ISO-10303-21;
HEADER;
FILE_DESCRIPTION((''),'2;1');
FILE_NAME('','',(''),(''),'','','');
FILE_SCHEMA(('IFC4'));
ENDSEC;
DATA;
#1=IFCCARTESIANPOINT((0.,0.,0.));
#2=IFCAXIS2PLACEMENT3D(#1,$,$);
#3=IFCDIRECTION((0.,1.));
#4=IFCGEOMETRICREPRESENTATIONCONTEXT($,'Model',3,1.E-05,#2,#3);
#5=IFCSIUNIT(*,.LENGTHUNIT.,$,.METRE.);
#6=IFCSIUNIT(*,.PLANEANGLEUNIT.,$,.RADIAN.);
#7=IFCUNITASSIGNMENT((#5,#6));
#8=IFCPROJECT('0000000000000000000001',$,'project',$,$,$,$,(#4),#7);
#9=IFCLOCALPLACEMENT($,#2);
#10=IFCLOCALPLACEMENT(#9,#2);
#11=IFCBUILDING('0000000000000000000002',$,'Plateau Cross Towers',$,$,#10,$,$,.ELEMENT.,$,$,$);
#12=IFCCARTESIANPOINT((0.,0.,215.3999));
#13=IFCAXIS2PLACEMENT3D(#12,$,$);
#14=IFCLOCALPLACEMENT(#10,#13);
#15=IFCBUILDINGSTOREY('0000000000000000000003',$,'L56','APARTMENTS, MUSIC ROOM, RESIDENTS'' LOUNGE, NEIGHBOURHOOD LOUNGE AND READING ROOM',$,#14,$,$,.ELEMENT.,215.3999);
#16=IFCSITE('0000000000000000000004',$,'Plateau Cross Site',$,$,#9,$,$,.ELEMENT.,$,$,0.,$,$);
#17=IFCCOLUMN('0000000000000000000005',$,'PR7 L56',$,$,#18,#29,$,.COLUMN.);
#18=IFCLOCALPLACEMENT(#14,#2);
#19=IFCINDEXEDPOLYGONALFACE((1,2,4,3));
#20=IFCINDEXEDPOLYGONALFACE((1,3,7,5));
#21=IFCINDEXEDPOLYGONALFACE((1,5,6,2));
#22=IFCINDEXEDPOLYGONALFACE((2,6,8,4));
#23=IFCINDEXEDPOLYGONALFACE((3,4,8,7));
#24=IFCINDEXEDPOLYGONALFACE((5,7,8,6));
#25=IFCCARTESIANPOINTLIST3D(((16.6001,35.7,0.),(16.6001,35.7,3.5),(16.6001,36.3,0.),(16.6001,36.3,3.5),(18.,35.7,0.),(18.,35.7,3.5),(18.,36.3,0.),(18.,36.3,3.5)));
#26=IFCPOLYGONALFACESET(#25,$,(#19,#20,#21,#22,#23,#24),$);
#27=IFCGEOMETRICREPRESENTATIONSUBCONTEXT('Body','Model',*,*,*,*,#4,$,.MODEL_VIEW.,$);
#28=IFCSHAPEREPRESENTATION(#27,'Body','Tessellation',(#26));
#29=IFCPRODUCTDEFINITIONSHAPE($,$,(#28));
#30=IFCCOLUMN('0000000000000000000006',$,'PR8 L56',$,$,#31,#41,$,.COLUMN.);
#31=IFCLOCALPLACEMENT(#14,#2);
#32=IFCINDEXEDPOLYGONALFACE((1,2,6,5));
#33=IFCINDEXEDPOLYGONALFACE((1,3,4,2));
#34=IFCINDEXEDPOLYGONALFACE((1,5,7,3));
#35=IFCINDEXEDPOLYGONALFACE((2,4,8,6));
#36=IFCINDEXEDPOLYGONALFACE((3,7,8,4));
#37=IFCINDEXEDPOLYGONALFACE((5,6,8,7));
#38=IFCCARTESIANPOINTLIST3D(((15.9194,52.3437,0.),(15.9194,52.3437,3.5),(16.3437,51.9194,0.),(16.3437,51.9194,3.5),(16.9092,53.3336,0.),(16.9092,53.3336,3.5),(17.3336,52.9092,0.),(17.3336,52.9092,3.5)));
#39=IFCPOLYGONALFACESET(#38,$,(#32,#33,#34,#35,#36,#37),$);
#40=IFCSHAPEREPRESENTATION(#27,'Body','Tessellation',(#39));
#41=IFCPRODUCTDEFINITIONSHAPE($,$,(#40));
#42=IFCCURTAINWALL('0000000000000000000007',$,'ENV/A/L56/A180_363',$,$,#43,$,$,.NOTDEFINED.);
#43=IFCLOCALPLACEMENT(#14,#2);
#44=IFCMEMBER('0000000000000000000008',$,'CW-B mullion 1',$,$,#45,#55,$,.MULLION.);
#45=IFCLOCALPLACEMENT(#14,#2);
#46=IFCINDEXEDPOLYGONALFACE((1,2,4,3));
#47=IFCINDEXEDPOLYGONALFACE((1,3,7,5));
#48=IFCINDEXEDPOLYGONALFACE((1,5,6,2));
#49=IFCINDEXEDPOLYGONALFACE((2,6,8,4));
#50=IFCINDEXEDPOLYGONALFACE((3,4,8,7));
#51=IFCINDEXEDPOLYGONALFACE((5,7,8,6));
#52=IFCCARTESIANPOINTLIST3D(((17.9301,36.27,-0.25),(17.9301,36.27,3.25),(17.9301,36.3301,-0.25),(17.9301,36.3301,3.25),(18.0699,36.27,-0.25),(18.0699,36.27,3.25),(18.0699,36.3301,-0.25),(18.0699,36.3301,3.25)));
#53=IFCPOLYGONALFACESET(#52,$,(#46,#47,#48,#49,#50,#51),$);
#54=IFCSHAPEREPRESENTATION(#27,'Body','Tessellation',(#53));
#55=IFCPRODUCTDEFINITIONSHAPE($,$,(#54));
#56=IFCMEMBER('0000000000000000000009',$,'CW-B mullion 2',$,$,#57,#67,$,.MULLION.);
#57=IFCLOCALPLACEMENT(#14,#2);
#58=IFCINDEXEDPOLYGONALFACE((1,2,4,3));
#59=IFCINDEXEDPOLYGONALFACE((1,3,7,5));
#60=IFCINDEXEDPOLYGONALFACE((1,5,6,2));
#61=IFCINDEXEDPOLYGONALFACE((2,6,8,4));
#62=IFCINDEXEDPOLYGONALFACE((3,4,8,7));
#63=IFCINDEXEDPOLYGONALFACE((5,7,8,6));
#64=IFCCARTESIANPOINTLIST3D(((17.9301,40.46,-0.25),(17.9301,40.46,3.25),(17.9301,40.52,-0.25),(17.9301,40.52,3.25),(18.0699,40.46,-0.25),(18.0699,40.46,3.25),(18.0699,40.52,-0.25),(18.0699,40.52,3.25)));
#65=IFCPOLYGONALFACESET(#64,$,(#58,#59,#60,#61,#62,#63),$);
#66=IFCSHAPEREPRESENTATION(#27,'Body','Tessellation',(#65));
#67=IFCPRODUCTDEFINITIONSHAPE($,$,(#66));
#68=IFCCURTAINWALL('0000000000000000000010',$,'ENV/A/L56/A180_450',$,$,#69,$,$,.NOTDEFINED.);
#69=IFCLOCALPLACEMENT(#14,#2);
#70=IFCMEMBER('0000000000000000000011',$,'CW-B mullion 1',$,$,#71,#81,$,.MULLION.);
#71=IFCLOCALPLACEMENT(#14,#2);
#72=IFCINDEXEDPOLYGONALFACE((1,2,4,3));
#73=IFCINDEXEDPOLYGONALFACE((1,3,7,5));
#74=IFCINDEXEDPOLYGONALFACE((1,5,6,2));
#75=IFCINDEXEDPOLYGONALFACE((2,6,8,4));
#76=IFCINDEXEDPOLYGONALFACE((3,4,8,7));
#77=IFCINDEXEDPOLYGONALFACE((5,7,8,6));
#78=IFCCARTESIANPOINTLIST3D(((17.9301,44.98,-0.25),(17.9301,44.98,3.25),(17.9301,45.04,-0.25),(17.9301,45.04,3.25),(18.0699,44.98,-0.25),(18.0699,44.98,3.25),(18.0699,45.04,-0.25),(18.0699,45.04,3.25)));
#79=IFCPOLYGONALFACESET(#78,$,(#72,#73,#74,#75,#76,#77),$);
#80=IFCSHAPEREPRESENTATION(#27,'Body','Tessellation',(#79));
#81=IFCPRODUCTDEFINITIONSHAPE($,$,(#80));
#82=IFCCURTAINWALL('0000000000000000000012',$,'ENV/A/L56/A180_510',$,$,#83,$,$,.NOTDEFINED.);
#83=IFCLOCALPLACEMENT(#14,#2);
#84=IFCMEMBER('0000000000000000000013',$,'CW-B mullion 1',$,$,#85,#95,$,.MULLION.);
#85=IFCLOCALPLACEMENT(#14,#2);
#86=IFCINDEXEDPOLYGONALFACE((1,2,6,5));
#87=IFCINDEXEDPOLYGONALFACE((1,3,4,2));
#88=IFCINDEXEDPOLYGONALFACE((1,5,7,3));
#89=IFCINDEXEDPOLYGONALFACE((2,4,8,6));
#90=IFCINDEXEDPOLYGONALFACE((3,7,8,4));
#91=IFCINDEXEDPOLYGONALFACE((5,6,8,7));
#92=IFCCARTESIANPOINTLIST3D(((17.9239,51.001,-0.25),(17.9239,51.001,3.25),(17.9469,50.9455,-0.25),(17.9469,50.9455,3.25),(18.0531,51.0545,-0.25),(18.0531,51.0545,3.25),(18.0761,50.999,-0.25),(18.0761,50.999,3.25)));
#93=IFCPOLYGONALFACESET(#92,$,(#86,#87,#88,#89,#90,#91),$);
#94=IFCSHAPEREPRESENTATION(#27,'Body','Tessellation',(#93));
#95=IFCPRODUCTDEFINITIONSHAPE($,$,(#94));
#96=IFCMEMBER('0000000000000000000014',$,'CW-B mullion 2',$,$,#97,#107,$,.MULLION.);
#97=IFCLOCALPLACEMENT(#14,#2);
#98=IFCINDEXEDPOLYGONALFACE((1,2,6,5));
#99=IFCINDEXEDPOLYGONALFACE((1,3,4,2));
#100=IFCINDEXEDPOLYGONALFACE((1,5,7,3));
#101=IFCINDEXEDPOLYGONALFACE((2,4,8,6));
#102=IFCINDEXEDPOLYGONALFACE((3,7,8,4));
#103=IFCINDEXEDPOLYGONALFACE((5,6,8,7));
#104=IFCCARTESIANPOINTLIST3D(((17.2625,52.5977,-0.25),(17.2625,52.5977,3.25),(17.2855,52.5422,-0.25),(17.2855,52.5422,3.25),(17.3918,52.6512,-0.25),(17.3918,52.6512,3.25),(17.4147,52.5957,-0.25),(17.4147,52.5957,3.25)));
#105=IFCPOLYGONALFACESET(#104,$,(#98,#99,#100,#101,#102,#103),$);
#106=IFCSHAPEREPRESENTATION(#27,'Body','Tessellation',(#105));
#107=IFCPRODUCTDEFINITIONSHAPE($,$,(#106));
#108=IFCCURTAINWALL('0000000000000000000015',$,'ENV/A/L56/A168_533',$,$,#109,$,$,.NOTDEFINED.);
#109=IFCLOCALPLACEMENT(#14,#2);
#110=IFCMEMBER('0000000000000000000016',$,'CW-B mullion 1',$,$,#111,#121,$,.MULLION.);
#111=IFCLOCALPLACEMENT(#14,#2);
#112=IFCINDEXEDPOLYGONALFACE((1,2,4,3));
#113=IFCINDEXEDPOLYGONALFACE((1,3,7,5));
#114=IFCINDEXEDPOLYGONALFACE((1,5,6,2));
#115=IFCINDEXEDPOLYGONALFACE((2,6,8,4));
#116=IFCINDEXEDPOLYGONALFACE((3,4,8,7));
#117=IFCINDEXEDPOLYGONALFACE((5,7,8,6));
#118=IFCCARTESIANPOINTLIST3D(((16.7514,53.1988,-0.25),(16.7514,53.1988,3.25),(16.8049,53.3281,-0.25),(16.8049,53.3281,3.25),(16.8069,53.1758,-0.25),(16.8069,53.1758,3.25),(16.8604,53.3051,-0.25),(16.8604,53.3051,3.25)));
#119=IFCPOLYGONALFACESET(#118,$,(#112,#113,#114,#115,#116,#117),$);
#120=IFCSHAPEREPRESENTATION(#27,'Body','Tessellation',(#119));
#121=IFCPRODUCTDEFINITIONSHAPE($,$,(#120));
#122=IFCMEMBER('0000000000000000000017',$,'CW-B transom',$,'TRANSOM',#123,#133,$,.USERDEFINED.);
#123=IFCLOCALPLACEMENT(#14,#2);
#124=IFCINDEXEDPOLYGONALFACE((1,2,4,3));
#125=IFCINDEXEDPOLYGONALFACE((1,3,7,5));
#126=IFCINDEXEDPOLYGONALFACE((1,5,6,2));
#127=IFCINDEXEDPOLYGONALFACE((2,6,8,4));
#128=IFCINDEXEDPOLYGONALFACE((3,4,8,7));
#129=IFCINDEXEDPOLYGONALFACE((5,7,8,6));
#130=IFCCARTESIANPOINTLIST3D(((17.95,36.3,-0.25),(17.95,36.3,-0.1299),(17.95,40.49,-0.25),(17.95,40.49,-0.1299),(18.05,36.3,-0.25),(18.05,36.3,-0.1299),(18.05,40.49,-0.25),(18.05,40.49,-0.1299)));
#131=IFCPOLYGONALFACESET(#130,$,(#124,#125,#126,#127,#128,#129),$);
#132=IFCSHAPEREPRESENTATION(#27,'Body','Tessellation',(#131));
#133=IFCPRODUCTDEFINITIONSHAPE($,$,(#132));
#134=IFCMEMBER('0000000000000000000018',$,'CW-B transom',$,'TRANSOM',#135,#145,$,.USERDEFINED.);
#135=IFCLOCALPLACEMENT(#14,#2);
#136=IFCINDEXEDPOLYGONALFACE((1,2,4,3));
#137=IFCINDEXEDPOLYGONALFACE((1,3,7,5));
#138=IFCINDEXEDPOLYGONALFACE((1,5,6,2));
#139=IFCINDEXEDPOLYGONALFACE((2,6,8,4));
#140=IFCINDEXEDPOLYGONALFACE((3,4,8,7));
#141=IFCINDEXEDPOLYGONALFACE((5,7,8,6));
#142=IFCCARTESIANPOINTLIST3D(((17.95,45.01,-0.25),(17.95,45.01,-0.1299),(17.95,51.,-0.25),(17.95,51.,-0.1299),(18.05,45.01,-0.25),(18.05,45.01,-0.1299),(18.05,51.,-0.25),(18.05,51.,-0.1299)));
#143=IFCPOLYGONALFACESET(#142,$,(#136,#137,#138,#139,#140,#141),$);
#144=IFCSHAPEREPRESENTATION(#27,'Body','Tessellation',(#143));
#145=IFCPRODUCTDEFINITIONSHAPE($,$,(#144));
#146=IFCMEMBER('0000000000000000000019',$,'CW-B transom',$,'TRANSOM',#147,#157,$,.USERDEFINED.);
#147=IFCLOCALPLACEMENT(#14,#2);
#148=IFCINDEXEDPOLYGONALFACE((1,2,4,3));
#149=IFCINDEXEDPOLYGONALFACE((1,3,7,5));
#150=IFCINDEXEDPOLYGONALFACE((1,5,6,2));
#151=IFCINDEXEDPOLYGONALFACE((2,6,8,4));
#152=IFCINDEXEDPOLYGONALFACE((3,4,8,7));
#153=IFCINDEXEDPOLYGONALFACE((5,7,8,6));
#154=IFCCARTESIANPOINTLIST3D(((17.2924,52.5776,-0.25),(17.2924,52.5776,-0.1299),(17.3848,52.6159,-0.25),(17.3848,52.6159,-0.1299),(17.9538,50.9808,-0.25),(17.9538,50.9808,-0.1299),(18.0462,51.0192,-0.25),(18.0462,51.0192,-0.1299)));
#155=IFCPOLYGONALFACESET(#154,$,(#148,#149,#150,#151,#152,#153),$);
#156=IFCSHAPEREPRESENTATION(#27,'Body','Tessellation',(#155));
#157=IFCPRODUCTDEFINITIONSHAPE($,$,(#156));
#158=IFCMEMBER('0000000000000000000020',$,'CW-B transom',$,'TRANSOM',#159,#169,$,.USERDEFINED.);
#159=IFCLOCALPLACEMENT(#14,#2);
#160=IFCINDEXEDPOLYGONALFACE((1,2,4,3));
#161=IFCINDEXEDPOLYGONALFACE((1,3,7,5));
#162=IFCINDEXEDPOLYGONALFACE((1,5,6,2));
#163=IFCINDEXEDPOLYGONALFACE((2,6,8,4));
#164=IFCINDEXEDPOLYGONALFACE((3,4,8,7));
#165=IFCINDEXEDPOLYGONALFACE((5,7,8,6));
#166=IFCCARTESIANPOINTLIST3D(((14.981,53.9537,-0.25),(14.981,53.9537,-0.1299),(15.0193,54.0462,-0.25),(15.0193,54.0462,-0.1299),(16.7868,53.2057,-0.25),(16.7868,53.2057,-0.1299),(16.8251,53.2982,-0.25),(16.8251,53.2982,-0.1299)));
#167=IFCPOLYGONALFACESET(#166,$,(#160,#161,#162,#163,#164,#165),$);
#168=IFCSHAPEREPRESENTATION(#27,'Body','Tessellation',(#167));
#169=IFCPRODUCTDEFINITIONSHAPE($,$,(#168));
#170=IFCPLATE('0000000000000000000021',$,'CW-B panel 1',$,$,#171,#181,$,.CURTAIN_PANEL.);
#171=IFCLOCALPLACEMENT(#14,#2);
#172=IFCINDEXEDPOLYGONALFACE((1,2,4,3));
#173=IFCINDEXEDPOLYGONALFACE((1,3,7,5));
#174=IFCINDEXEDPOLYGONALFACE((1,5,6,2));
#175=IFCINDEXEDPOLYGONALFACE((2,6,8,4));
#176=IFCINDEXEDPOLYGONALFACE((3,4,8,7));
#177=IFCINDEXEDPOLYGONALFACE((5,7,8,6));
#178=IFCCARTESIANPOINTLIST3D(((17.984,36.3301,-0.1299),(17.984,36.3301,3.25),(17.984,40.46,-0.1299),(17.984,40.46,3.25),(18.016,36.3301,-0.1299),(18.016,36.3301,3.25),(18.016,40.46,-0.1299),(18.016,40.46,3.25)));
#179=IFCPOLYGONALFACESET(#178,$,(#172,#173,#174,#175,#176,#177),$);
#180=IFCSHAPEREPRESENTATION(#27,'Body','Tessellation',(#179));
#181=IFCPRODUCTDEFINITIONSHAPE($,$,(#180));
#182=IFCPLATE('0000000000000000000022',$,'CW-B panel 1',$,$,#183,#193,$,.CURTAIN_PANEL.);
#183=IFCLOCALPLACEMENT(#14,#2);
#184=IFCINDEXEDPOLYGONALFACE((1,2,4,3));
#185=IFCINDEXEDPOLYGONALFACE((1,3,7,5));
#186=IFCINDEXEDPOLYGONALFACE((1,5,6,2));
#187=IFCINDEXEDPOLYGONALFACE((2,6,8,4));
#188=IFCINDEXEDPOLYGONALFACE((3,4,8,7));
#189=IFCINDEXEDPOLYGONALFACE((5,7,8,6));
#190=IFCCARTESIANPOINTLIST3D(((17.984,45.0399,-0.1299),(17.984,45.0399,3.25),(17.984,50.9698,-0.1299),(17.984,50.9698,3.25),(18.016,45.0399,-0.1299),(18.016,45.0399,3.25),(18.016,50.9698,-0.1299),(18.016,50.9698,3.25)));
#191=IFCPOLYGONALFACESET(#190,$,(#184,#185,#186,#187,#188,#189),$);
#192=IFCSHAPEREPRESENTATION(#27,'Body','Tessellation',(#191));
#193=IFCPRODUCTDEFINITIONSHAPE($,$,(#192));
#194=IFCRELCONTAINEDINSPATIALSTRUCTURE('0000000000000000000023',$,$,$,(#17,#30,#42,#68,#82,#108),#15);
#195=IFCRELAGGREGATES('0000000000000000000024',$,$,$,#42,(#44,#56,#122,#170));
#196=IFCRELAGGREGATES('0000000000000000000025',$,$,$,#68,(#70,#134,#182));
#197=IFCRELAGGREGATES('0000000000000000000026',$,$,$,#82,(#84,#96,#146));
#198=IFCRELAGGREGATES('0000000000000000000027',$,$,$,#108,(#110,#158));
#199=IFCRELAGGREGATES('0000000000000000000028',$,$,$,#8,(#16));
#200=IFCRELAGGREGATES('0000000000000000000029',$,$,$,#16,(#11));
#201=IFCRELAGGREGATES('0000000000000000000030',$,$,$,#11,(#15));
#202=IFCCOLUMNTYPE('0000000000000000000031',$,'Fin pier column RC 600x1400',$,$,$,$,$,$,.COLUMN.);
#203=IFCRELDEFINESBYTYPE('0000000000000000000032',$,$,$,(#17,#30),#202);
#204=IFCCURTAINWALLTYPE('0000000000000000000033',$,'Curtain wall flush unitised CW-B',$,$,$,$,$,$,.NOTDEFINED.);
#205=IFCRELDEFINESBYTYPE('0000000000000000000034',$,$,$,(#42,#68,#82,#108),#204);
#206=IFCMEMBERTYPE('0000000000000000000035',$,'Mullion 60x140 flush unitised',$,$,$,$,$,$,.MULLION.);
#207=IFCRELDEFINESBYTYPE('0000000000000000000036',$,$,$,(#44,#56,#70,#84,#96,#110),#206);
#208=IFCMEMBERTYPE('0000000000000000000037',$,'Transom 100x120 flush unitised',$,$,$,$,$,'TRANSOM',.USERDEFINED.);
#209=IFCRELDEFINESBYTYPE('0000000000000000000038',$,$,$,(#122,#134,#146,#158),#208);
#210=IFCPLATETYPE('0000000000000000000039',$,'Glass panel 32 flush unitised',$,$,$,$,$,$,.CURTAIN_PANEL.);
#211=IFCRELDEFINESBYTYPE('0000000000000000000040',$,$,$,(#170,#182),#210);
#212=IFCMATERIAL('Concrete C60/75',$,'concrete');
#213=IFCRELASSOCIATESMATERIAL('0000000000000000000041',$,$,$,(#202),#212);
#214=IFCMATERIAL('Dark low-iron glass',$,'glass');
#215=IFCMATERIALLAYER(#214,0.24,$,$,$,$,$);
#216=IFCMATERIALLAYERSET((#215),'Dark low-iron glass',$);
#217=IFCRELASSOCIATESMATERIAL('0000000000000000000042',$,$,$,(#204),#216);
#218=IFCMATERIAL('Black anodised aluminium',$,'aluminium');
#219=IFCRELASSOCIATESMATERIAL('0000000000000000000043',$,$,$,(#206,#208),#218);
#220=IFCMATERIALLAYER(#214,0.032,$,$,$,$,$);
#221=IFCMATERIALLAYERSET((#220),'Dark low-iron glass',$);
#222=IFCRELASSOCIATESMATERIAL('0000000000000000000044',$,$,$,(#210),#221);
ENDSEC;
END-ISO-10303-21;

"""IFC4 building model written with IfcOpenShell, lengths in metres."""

from ifc_helpers import new_model, si_unit, direction, frame, origin, origin_2d, place, context, subcontext, project, spatial, rectangle, extrude, material, layer, layer_set, material_profile, profile_set, type_object, element, aggregate, save


model = new_model("IFC4")

# Units and contexts
model_context = context("Model", 3, precision=1e-05, world=origin(), true_north=direction((0.0, 1.0)))
body_context = subcontext(model_context, "Body", "Model", "MODEL_VIEW")
ifc_project = project(units=[si_unit("LENGTHUNIT", "METRE"), si_unit("PLANEANGLEUNIT", "RADIAN")], contexts=[model_context])

# Site, building, storey
site_placement = place(None, origin())
site = spatial("IfcSite", under=ifc_project, at=site_placement, Name="Plateau Cross Site", CompositionType="ELEMENT", RefElevation=0.0)
building_placement = place(site_placement, origin())
building = spatial("IfcBuilding", under=site, at=building_placement, Name="Plateau Cross Towers", CompositionType="ELEMENT")
storey_placement = place(building_placement, frame((0.0, 0.0, 215.3999)))
storey = spatial("IfcBuildingStorey", under=building, at=storey_placement, Name="L56", Description="APARTMENTS, MUSIC ROOM, RESIDENTS' LOUNGE, NEIGHBOURHOOD LOUNGE AND READING ROOM", CompositionType="ELEMENT", Elevation=215.3999)

# Columns
ifc_material_1 = material(Name="Concrete C60/75", Category="concrete")
ifc_material_profile_1 = material_profile(ifc_material_1, rectangle(XDim=0.6001, YDim=1.3999, at=origin_2d()), Name="RC 600x1400")
ifc_profile_set_1 = profile_set([ifc_material_profile_1], Name="Concrete C60/75")
column_type = type_object("IfcColumnType", Name="Fin pier column RC 600x1400", PredefinedType="COLUMN", material=ifc_profile_set_1)
for number, where, z_axis, x_axis, name in (
    (1, (17.3, 36.0, 0.0), (0.0, 0.0, 1.0), (0.0, 1.0, 0.0), "PR7 L56"),
    (2, (16.6265, 52.6265, 0.0), (0.0, 0.0, 1.0), (-0.707107, 0.707107, 0.0), "PR8 L56"),
):
    element("IfcColumn", number, at=place(storey_placement, frame(where, z_axis=z_axis, x_axis=x_axis)), inside=storey, type_object=column_type, Name=name, PredefinedType="COLUMN", context=body_context, shape_type="SweptSolid", body=[
        extrude(rectangle(XDim=0.6001, YDim=1.3999, at=origin_2d()), origin(), (0.0, 0.0, 1.0), 3.5),
    ])

# Curtain wall, members
ifc_material_2 = material(Name="Dark low-iron glass", Category="glass")
ifc_layer_1 = layer(ifc_material_2, 0.24)
ifc_layer_set_1 = layer_set([ifc_layer_1], Name="Dark low-iron glass")
curtain_wall_type = type_object("IfcCurtainWallType", Name="Curtain wall flush unitised CW-B", PredefinedType="NOTDEFINED", material=ifc_layer_set_1)
curtain_wall_1_placement = place(storey_placement, origin())
curtain_wall_1 = element("IfcCurtainWall", 3, at=curtain_wall_1_placement, inside=storey, type_object=curtain_wall_type, Name="ENV/A/L56/A180_363", PredefinedType="NOTDEFINED")
ifc_material_3 = material(Name="Black anodised aluminium", Category="aluminium")
ifc_material_profile_2 = material_profile(ifc_material_3, rectangle(XDim=0.0601, YDim=0.1399, at=origin_2d()), Name="MULLION 60x140")
ifc_profile_set_2 = profile_set([ifc_material_profile_2], Name="Black anodised aluminium")
member_type_1 = type_object("IfcMemberType", Name="Mullion 60x140 flush unitised", PredefinedType="MULLION", material=ifc_profile_set_2)
member_1_placement = place(storey_placement, frame((18.0, 36.3, -0.25), z_axis=(0.0, 0.0, 1.0), x_axis=(0.0, 1.0, 0.0)))
member_1 = element("IfcMember", 4, at=member_1_placement, type_object=member_type_1, Name="CW-B mullion 1", PredefinedType="MULLION", context=body_context, shape_type="SweptSolid", body=[
    extrude(rectangle(XDim=0.0601, YDim=0.1399, at=origin_2d()), origin(), (0.0, 0.0, 1.0), 3.5),
])
member_2_placement = place(storey_placement, frame((18.0, 40.49, -0.25), z_axis=(0.0, 0.0, 1.0), x_axis=(0.0, 1.0, 0.0)))
member_2 = element("IfcMember", 5, at=member_2_placement, type_object=member_type_1, Name="CW-B mullion 2", PredefinedType="MULLION", context=body_context, shape_type="SweptSolid", body=[
    extrude(rectangle(XDim=0.0601, YDim=0.1399, at=origin_2d()), origin(), (0.0, 0.0, 1.0), 3.5),
])

# Curtain wall, member
curtain_wall_2_placement = place(storey_placement, origin())
curtain_wall_2 = element("IfcCurtainWall", 6, at=curtain_wall_2_placement, inside=storey, type_object=curtain_wall_type, Name="ENV/A/L56/A180_450", PredefinedType="NOTDEFINED")
member_3_placement = place(storey_placement, frame((18.0, 45.01, -0.25), z_axis=(0.0, 0.0, 1.0), x_axis=(0.0, 1.0, 0.0)))
member_3 = element("IfcMember", 7, at=member_3_placement, type_object=member_type_1, Name="CW-B mullion 1", PredefinedType="MULLION", context=body_context, shape_type="SweptSolid", body=[
    extrude(rectangle(XDim=0.0601, YDim=0.1399, at=origin_2d()), origin(), (0.0, 0.0, 1.0), 3.5),
])

# Curtain wall, members
curtain_wall_3_placement = place(storey_placement, origin())
curtain_wall_3 = element("IfcCurtainWall", 8, at=curtain_wall_3_placement, inside=storey, type_object=curtain_wall_type, Name="ENV/A/L56/A180_510", PredefinedType="NOTDEFINED")
member_4_placement = place(storey_placement, frame((18.0, 51.0, -0.25), z_axis=(0.0, 0.0, 1.0), x_axis=(-0.382684, 0.923879, 0.0)))
member_4 = element("IfcMember", 9, at=member_4_placement, type_object=member_type_1, Name="CW-B mullion 1", PredefinedType="MULLION", context=body_context, shape_type="SweptSolid", body=[
    extrude(rectangle(XDim=0.0601, YDim=0.1399, at=origin_2d()), origin(), (0.0, 0.0, 1.0), 3.5),
])
member_5_placement = place(storey_placement, frame((17.3386, 52.5967, -0.25), z_axis=(0.0, 0.0, 1.0), x_axis=(-0.382684, 0.923879, 0.0)))
member_5 = element("IfcMember", 10, at=member_5_placement, type_object=member_type_1, Name="CW-B mullion 2", PredefinedType="MULLION", context=body_context, shape_type="SweptSolid", body=[
    extrude(rectangle(XDim=0.0601, YDim=0.1399, at=origin_2d()), origin(), (0.0, 0.0, 1.0), 3.5),
])

# Curtain wall, member
curtain_wall_4_placement = place(storey_placement, origin())
curtain_wall_4 = element("IfcCurtainWall", 11, at=curtain_wall_4_placement, inside=storey, type_object=curtain_wall_type, Name="ENV/A/L56/A168_533", PredefinedType="NOTDEFINED")
member_6_placement = place(storey_placement, frame((16.8059, 53.252, -0.25), z_axis=(0.0, 0.0, 1.0), x_axis=(-0.923879, 0.382684, 0.0)))
member_6 = element("IfcMember", 12, at=member_6_placement, type_object=member_type_1, Name="CW-B mullion 1", PredefinedType="MULLION", context=body_context, shape_type="SweptSolid", body=[
    extrude(rectangle(XDim=0.0601, YDim=0.1399, at=origin_2d()), origin(), (0.0, 0.0, 1.0), 3.5),
])

# Members
ifc_material_profile_3 = material_profile(ifc_material_3, rectangle(XDim=0.1001, YDim=0.1201, at=origin_2d()), Name="TRANSOM 100x120")
ifc_profile_set_3 = profile_set([ifc_material_profile_3], Name="Black anodised aluminium")
member_type_2 = type_object("IfcMemberType", Name="Transom 100x120 flush unitised", ElementType="TRANSOM", PredefinedType="USERDEFINED", material=ifc_profile_set_3)
member_7_placement = place(storey_placement, frame((18.0, 36.3, -0.1899), z_axis=(0.0, 1.0, 0.0), x_axis=(-1.0, 0.0, 0.0)))
member_7 = element("IfcMember", 13, at=member_7_placement, type_object=member_type_2, Name="CW-B transom", ObjectType="TRANSOM", PredefinedType="USERDEFINED", context=body_context, shape_type="SweptSolid", body=[
    extrude(rectangle(XDim=0.1001, YDim=0.1201, at=origin_2d()), origin(), (0.0, 0.0, 1.0), 4.1899),
])
member_8_placement = place(storey_placement, frame((18.0, 45.01, -0.1899), z_axis=(0.0, 1.0, 0.0), x_axis=(-1.0, 0.0, 0.0)))
member_8 = element("IfcMember", 14, at=member_8_placement, type_object=member_type_2, Name="CW-B transom", ObjectType="TRANSOM", PredefinedType="USERDEFINED", context=body_context, shape_type="SweptSolid", body=[
    extrude(rectangle(XDim=0.1001, YDim=0.1201, at=origin_2d()), origin(), (0.0, 0.0, 1.0), 5.99),
])
member_9_placement = place(storey_placement, frame((18.0, 51.0, -0.1899), z_axis=(-0.382689, 0.923877, 0.0), x_axis=(-0.923877, -0.382689, 0.0)))
member_9 = element("IfcMember", 15, at=member_9_placement, type_object=member_type_2, Name="CW-B transom", ObjectType="TRANSOM", PredefinedType="USERDEFINED", context=body_context, shape_type="SweptSolid", body=[
    extrude(rectangle(XDim=0.1001, YDim=0.1201, at=origin_2d()), origin(), (0.0, 0.0, 1.0), 1.7283),
])
member_10_placement = place(storey_placement, frame((16.8059, 53.252, -0.1899), z_axis=(-0.923877, 0.38269, 0.0), x_axis=(-0.38269, -0.923877, 0.0)))
member_10 = element("IfcMember", 16, at=member_10_placement, type_object=member_type_2, Name="CW-B transom", ObjectType="TRANSOM", PredefinedType="USERDEFINED", context=body_context, shape_type="SweptSolid", body=[
    extrude(rectangle(XDim=0.1001, YDim=0.1201, at=origin_2d()), origin(), (0.0, 0.0, 1.0), 1.9546),
])

# Plates
ifc_layer_2 = layer(ifc_material_2, 0.032)
ifc_layer_set_2 = layer_set([ifc_layer_2], Name="Dark low-iron glass")
plate_type = type_object("IfcPlateType", Name="Glass panel 32 flush unitised", PredefinedType="CURTAIN_PANEL", material=ifc_layer_set_2)
plate_1_placement = place(storey_placement, frame((18.0, 38.395, -0.1299), z_axis=(0.0, 0.0, 1.0), x_axis=(0.0, 1.0, 0.0)))
plate_1 = element("IfcPlate", 17, at=plate_1_placement, type_object=plate_type, Name="CW-B panel 1", PredefinedType="CURTAIN_PANEL", context=body_context, shape_type="SweptSolid", body=[
    extrude(rectangle(XDim=4.1299, YDim=0.032, at=origin_2d()), origin(), (0.0, 0.0, 1.0), 3.3799),
])
aggregate(curtain_wall_1, [member_1, member_2, member_7, plate_1])
plate_2_placement = place(storey_placement, frame((18.0, 48.0049, -0.1299), z_axis=(0.0, 0.0, 1.0), x_axis=(0.0, 1.0, 0.0)))
plate_2 = element("IfcPlate", 18, at=plate_2_placement, type_object=plate_type, Name="CW-B panel 1", PredefinedType="CURTAIN_PANEL", context=body_context, shape_type="SweptSolid", body=[
    extrude(rectangle(XDim=5.9299, YDim=0.032, at=origin_2d()), origin(), (0.0, 0.0, 1.0), 3.3799),
])
aggregate(curtain_wall_2, [member_3, member_8, plate_2])
aggregate(curtain_wall_3, [member_4, member_5, member_9])
aggregate(curtain_wall_4, [member_6, member_10])

save(model, "model.ifc")
